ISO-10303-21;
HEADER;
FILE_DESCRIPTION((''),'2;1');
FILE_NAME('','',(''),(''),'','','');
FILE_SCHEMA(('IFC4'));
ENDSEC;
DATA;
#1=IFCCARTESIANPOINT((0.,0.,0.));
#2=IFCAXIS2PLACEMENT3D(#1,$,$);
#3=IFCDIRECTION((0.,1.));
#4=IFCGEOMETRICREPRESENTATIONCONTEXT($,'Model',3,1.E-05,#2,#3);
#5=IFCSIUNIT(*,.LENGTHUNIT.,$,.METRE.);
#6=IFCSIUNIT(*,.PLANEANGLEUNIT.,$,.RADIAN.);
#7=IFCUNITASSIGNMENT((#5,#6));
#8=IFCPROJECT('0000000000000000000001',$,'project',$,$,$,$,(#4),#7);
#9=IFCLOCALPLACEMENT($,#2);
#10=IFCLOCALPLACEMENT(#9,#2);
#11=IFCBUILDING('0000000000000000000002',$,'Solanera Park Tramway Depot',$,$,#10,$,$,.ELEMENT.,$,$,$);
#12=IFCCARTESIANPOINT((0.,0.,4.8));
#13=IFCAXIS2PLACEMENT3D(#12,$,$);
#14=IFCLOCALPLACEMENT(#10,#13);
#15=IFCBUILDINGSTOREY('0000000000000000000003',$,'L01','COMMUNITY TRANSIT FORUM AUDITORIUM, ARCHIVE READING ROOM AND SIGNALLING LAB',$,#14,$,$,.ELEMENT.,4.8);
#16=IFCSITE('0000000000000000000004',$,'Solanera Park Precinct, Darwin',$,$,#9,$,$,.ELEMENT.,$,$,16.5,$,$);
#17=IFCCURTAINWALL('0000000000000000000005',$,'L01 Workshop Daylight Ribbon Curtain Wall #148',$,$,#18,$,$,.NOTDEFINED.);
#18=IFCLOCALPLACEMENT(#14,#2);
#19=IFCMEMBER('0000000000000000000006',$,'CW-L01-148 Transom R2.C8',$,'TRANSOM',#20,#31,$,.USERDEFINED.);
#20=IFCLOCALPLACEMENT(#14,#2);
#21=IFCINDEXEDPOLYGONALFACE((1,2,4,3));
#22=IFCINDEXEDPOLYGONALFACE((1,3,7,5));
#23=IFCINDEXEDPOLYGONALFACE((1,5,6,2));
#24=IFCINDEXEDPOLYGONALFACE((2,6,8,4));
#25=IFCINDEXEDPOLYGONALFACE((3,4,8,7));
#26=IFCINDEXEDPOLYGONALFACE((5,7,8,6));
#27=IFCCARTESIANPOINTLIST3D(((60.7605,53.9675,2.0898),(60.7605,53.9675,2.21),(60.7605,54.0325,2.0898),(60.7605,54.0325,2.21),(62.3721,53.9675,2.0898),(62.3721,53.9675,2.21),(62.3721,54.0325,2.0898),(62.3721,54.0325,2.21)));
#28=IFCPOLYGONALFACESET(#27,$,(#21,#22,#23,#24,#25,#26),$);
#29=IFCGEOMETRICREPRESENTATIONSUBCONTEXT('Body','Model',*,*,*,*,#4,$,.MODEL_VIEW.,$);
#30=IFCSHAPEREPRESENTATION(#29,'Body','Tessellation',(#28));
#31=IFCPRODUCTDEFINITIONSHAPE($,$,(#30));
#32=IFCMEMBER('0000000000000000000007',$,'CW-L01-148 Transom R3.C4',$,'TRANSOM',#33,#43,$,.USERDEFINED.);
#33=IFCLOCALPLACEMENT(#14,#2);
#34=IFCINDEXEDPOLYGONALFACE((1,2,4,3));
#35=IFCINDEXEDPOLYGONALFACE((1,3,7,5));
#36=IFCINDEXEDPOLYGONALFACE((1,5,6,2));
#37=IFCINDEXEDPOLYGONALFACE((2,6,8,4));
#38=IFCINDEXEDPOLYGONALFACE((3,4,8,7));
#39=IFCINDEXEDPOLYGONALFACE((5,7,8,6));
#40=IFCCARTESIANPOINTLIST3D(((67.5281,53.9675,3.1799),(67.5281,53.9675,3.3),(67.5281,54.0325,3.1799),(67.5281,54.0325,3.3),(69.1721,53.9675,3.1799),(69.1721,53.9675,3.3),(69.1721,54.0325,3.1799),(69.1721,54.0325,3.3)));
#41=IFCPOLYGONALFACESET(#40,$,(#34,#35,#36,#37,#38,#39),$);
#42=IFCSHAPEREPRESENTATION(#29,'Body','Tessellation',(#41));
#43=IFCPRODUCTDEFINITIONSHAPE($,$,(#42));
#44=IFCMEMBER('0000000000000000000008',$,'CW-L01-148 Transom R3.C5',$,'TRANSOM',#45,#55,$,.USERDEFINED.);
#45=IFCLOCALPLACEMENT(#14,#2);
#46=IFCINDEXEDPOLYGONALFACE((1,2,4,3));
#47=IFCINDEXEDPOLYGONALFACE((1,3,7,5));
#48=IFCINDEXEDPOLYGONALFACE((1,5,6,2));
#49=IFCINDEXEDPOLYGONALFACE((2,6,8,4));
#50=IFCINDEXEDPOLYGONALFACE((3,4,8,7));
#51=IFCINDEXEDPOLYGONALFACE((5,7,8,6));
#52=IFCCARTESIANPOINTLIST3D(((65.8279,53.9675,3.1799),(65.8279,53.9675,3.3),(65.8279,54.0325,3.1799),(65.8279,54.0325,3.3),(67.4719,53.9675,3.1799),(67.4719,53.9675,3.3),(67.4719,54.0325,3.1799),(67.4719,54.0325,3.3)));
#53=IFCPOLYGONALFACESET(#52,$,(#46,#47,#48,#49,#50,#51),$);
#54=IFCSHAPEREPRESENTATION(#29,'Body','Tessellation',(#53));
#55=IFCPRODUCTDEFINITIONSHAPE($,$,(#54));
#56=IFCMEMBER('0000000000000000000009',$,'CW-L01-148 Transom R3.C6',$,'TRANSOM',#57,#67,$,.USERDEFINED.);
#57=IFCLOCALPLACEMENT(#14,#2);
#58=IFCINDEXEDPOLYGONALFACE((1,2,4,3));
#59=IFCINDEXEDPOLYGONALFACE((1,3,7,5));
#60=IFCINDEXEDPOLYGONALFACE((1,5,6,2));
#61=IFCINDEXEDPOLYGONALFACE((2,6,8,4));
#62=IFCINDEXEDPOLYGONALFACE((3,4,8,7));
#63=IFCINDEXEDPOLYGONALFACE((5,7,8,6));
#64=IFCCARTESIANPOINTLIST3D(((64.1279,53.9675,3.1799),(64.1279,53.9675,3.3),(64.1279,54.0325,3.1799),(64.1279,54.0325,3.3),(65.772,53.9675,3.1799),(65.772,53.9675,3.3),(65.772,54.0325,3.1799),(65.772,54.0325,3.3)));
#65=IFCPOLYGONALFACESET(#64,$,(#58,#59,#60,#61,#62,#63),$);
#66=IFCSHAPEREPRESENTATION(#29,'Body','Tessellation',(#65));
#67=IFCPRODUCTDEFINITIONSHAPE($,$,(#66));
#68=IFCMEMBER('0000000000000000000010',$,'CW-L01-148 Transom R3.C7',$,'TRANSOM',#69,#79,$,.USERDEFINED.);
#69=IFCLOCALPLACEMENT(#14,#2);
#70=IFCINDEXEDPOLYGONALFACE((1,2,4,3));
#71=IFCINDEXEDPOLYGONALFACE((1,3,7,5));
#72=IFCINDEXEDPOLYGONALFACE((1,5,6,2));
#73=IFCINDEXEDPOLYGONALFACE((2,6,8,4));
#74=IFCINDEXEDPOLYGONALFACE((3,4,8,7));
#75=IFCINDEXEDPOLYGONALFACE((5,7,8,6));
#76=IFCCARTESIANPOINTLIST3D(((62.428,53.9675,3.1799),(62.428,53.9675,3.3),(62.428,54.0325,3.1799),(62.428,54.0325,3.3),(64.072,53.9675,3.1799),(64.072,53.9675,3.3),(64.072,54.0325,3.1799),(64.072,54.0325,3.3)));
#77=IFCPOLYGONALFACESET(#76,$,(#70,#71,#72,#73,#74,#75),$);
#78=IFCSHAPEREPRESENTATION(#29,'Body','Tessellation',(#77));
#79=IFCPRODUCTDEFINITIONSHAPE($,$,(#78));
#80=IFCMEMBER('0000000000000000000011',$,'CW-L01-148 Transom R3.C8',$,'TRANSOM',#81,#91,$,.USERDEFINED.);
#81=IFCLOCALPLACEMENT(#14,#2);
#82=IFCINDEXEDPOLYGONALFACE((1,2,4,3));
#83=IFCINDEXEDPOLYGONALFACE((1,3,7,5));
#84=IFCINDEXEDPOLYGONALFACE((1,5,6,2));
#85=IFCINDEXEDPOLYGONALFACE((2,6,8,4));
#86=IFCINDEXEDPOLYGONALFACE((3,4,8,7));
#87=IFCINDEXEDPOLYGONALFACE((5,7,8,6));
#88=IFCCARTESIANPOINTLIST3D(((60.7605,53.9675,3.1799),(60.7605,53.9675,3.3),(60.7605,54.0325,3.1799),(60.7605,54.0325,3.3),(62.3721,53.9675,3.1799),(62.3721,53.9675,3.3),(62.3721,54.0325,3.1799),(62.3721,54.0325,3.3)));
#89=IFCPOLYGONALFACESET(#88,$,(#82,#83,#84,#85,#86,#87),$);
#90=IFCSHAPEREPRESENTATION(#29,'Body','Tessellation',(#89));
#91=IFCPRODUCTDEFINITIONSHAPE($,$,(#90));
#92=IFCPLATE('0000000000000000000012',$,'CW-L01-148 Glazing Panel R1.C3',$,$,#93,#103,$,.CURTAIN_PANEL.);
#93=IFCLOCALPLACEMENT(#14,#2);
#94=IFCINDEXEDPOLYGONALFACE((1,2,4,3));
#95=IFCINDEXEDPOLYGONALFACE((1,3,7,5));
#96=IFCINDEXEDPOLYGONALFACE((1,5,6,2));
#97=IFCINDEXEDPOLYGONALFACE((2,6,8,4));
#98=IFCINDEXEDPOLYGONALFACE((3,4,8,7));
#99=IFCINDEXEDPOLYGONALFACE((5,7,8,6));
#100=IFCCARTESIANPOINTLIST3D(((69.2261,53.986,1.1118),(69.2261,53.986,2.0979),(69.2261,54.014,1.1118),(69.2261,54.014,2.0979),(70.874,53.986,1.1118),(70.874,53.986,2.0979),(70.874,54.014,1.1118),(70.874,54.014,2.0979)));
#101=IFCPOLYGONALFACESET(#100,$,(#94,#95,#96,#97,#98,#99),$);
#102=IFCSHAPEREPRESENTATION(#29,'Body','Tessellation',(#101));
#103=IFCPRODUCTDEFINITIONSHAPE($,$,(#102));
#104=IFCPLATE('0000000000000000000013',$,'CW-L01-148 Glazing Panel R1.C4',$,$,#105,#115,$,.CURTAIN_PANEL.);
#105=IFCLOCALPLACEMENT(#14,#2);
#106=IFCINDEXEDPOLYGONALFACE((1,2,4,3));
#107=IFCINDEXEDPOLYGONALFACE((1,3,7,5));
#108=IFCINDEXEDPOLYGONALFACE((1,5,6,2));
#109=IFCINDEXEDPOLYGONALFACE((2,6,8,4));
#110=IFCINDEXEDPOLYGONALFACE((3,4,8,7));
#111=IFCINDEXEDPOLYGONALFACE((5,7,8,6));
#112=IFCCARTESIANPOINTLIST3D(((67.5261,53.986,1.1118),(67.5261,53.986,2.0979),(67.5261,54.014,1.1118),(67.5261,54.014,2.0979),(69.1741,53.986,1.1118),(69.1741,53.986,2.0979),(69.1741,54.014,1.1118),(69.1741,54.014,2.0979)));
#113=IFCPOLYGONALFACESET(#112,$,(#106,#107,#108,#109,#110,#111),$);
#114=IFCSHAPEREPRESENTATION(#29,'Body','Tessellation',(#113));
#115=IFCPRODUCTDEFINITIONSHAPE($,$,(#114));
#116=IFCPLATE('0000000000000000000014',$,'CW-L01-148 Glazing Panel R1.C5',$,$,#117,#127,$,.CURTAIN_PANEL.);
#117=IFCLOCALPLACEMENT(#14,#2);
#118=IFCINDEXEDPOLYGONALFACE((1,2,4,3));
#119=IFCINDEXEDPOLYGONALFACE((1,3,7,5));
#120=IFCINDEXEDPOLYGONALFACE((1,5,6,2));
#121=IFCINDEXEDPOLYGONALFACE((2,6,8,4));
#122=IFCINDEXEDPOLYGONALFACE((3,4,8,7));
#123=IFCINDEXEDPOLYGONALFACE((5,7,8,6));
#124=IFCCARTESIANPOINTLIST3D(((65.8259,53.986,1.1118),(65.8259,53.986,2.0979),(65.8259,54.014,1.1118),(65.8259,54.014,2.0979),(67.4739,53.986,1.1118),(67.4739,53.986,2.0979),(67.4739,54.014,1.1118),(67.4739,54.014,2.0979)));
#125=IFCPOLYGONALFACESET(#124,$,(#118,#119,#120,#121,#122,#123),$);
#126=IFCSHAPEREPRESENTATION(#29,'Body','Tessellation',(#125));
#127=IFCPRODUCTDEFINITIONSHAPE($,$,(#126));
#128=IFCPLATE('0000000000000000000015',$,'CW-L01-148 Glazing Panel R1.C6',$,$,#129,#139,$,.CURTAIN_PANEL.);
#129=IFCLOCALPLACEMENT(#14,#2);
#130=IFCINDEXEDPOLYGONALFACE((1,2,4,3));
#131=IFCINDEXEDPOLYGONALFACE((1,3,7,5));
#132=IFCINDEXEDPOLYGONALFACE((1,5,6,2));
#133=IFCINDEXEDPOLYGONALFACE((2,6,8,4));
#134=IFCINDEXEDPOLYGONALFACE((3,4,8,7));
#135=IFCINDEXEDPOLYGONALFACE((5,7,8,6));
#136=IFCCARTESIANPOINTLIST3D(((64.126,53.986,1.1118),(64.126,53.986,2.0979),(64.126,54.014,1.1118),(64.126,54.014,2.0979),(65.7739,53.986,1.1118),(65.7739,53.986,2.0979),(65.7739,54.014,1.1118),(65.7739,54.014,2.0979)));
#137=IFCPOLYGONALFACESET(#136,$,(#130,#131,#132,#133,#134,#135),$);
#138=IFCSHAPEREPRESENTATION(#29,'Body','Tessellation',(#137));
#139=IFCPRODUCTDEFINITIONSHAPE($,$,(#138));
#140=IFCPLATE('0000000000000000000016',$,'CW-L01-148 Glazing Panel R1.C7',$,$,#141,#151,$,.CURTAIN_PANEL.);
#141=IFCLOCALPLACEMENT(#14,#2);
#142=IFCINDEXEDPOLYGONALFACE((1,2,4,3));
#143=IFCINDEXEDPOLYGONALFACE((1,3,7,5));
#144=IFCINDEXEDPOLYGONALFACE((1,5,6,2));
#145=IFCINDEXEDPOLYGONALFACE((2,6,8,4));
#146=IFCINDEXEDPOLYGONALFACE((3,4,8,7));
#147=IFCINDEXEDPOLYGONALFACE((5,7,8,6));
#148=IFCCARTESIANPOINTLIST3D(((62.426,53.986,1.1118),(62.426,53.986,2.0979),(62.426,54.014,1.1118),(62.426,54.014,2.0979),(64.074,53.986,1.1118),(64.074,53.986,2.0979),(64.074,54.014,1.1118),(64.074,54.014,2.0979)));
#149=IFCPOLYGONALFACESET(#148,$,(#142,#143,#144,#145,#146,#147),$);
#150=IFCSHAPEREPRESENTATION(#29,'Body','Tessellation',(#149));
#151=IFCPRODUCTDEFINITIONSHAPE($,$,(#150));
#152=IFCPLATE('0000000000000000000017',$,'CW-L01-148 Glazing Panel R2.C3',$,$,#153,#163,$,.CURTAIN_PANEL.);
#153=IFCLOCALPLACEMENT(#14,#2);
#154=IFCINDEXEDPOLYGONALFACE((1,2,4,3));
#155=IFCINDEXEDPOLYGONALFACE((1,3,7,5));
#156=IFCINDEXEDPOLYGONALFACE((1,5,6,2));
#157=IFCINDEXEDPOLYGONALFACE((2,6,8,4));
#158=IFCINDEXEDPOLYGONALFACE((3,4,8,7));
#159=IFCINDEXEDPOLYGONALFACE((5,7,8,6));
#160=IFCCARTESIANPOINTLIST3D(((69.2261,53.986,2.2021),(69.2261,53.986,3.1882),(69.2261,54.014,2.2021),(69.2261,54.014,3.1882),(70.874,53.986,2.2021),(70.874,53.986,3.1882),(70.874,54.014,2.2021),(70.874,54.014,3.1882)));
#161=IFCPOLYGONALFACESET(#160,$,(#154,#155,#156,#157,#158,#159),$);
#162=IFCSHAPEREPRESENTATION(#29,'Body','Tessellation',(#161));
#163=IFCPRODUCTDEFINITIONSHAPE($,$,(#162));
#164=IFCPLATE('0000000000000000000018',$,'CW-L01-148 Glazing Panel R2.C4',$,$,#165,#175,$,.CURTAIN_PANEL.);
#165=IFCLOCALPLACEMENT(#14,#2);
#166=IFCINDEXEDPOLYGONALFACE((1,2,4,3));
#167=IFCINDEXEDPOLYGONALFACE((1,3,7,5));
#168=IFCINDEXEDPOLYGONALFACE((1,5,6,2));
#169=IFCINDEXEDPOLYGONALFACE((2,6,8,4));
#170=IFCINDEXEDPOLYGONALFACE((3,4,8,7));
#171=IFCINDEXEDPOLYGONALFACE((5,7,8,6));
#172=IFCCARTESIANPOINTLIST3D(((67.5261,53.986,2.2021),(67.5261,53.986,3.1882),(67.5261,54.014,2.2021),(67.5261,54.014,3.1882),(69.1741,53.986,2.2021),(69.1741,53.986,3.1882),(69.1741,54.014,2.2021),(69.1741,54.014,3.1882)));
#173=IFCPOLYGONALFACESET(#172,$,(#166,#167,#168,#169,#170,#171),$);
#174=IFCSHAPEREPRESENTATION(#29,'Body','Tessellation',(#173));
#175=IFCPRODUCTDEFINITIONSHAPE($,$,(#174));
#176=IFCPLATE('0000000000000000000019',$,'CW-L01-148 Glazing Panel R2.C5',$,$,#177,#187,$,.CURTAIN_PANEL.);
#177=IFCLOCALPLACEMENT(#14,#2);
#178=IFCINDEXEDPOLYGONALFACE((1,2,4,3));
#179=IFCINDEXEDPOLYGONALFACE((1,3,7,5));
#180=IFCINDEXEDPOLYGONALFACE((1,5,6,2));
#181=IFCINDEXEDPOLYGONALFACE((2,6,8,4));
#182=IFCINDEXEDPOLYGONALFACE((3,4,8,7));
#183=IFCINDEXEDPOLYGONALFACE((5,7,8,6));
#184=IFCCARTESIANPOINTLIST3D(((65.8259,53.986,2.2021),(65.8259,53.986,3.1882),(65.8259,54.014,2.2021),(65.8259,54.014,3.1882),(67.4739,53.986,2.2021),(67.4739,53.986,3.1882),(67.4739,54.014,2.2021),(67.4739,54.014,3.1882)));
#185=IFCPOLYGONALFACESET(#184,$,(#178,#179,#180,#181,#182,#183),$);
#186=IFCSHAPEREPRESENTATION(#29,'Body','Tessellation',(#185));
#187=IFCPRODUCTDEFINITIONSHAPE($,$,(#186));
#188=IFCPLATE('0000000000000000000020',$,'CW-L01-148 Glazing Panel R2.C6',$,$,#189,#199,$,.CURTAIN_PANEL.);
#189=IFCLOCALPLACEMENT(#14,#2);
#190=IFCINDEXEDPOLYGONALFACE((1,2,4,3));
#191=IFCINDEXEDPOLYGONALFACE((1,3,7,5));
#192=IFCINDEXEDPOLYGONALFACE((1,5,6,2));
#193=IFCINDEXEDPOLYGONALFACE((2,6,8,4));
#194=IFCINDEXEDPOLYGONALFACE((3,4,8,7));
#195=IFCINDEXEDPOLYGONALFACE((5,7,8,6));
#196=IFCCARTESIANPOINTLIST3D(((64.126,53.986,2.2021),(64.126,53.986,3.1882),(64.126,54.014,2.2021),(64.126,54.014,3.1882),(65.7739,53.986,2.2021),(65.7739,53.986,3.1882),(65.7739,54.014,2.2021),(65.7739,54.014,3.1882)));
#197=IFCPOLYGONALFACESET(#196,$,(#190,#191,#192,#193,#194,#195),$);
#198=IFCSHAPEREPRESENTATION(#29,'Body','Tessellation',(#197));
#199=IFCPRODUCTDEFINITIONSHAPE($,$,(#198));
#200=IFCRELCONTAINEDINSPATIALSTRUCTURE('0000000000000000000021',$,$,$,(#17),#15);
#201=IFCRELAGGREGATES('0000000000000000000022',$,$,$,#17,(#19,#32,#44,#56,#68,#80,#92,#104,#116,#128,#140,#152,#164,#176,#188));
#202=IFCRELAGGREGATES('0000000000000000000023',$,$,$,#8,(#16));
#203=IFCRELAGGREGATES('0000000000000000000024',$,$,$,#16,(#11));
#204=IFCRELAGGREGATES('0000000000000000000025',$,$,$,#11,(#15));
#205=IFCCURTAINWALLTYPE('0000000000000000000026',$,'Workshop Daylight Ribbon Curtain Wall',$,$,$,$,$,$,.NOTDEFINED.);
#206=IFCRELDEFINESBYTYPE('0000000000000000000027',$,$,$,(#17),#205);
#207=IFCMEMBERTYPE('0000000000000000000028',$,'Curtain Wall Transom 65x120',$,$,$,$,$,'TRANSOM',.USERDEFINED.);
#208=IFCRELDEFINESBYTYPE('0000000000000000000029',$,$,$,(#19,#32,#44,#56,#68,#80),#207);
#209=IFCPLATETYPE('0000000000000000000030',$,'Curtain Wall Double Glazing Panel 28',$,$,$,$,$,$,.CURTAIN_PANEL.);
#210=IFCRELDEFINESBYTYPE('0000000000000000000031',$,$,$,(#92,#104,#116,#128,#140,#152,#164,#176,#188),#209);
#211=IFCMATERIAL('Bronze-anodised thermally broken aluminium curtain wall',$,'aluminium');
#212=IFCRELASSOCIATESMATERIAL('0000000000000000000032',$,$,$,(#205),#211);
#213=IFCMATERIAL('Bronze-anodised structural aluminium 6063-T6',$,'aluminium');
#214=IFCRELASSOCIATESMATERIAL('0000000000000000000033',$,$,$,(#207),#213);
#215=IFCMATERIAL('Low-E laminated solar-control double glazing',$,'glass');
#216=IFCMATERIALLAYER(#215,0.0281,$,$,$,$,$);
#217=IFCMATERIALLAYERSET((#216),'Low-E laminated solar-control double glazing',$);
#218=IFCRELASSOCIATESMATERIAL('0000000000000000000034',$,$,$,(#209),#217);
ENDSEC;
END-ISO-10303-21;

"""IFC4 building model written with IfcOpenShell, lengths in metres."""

from ifc_helpers import new_model, si_unit, direction, frame, origin, origin_2d, place, context, subcontext, project, spatial, rectangle, extrude, material, layer, layer_set, material_profile, profile_set, type_object, element, aggregate, save


model = new_model("IFC4")

# Units and contexts
model_context = context("Model", 3, precision=1e-05, world=origin(), true_north=direction((0.0, 1.0)))
body_context = subcontext(model_context, "Body", "Model", "MODEL_VIEW")
ifc_project = project(units=[si_unit("LENGTHUNIT", "METRE"), si_unit("PLANEANGLEUNIT", "RADIAN")], contexts=[model_context])

# Site, building, storey
site_placement = place(None, origin())
site = spatial("IfcSite", under=ifc_project, at=site_placement, Name="Solanera Park Precinct, Darwin", CompositionType="ELEMENT", RefElevation=16.5)
building_placement = place(site_placement, origin())
building = spatial("IfcBuilding", under=site, at=building_placement, Name="Solanera Park Tramway Depot", CompositionType="ELEMENT")
storey_placement = place(building_placement, frame((0.0, 0.0, 4.8)))
storey = spatial("IfcBuildingStorey", under=building, at=storey_placement, Name="L01", Description="COMMUNITY TRANSIT FORUM AUDITORIUM, ARCHIVE READING ROOM AND SIGNALLING LAB", CompositionType="ELEMENT", Elevation=4.8)

# Curtain wall, members, plates
ifc_material_1 = material(Name="Bronze-anodised thermally broken aluminium curtain wall", Category="aluminium")
curtain_wall_type = type_object("IfcCurtainWallType", Name="Workshop Daylight Ribbon Curtain Wall", PredefinedType="NOTDEFINED", material=ifc_material_1)
curtain_wall_placement = place(storey_placement, origin())
curtain_wall = element("IfcCurtainWall", 1, at=curtain_wall_placement, inside=storey, type_object=curtain_wall_type, Name="L01 Workshop Daylight Ribbon Curtain Wall #148", PredefinedType="NOTDEFINED")
ifc_material_2 = material(Name="Bronze-anodised structural aluminium 6063-T6", Category="aluminium")
ifc_material_profile_1 = material_profile(ifc_material_2, rectangle(XDim=0.0649, YDim=0.1201, at=origin_2d()), Name="Curtain Wall Transom 65x120")
ifc_profile_set_1 = profile_set([ifc_material_profile_1], Name="Bronze-anodised structural aluminium 6063-T6")
member_type_1 = type_object("IfcMemberType", Name="Curtain Wall Transom 65x120", ElementType="TRANSOM", PredefinedType="USERDEFINED", material=ifc_profile_set_1)
member_1_placement = place(storey_placement, frame((62.3721, 54.0, 2.1499), z_axis=(-1.0, 0.0, 0.0), x_axis=(0.0, -1.0, 0.0)))
member_1 = element("IfcMember", 2, at=member_1_placement, type_object=member_type_1, Name="CW-L01-148 Transom R2.C8", ObjectType="TRANSOM", PredefinedType="USERDEFINED", context=body_context, shape_type="SweptSolid", body=[
    extrude(rectangle(XDim=0.0649, YDim=0.1201, at=origin_2d()), origin(), (0.0, 0.0, 1.0), 1.6116),
])
member_2_placement = place(storey_placement, frame((69.1721, 54.0, 3.24), z_axis=(-1.0, 0.0, 0.0), x_axis=(0.0, -1.0, 0.0)))
member_2 = element("IfcMember", 3, at=member_2_placement, type_object=member_type_1, Name="CW-L01-148 Transom R3.C4", ObjectType="TRANSOM", PredefinedType="USERDEFINED", context=body_context, shape_type="SweptSolid", body=[
    extrude(rectangle(XDim=0.0649, YDim=0.1201, at=origin_2d()), origin(), (0.0, 0.0, 1.0), 1.644),
])
member_3_placement = place(storey_placement, frame((67.4719, 54.0, 3.24), z_axis=(-1.0, 0.0, 0.0), x_axis=(0.0, -1.0, 0.0)))
member_3 = element("IfcMember", 4, at=member_3_placement, type_object=member_type_1, Name="CW-L01-148 Transom R3.C5", ObjectType="TRANSOM", PredefinedType="USERDEFINED", context=body_context, shape_type="SweptSolid", body=[
    extrude(rectangle(XDim=0.0649, YDim=0.1201, at=origin_2d()), origin(), (0.0, 0.0, 1.0), 1.644),
])
member_4_placement = place(storey_placement, frame((65.772, 54.0, 3.24), z_axis=(-1.0, 0.0, 0.0), x_axis=(0.0, -1.0, 0.0)))
member_4 = element("IfcMember", 5, at=member_4_placement, type_object=member_type_1, Name="CW-L01-148 Transom R3.C6", ObjectType="TRANSOM", PredefinedType="USERDEFINED", context=body_context, shape_type="SweptSolid", body=[
    extrude(rectangle(XDim=0.0649, YDim=0.1201, at=origin_2d()), origin(), (0.0, 0.0, 1.0), 1.644),
])
member_5_placement = place(storey_placement, frame((64.072, 54.0, 3.24), z_axis=(-1.0, 0.0, 0.0), x_axis=(0.0, -1.0, 0.0)))
member_5 = element("IfcMember", 6, at=member_5_placement, type_object=member_type_1, Name="CW-L01-148 Transom R3.C7", ObjectType="TRANSOM", PredefinedType="USERDEFINED", context=body_context, shape_type="SweptSolid", body=[
    extrude(rectangle(XDim=0.0649, YDim=0.1201, at=origin_2d()), origin(), (0.0, 0.0, 1.0), 1.644),
])
member_6_placement = place(storey_placement, frame((62.3721, 54.0, 3.24), z_axis=(-1.0, 0.0, 0.0), x_axis=(0.0, -1.0, 0.0)))
member_6 = element("IfcMember", 7, at=member_6_placement, type_object=member_type_1, Name="CW-L01-148 Transom R3.C8", ObjectType="TRANSOM", PredefinedType="USERDEFINED", context=body_context, shape_type="SweptSolid", body=[
    extrude(rectangle(XDim=0.0649, YDim=0.1201, at=origin_2d()), origin(), (0.0, 0.0, 1.0), 1.6116),
])
ifc_material_3 = material(Name="Low-E laminated solar-control double glazing", Category="glass")
ifc_layer = layer(ifc_material_3, 0.0281)
ifc_layer_set = layer_set([ifc_layer], Name="Low-E laminated solar-control double glazing")
plate_type = type_object("IfcPlateType", Name="Curtain Wall Double Glazing Panel 28", PredefinedType="CURTAIN_PANEL", material=ifc_layer_set)
plate_1_placement = place(storey_placement, frame((70.05, 54.0, 1.1118), z_axis=(0.0, 0.0, 1.0), x_axis=(-1.0, 0.0, 0.0)))
plate_1 = element("IfcPlate", 8, at=plate_1_placement, type_object=plate_type, Name="CW-L01-148 Glazing Panel R1.C3", PredefinedType="CURTAIN_PANEL", context=body_context, shape_type="SweptSolid", body=[
    extrude(rectangle(XDim=1.6479, YDim=0.0281, at=origin_2d()), origin(), (0.0, 0.0, 1.0), 0.9861),
])
plate_2_placement = place(storey_placement, frame((68.3501, 54.0, 1.1118), z_axis=(0.0, 0.0, 1.0), x_axis=(-1.0, 0.0, 0.0)))
plate_2 = element("IfcPlate", 9, at=plate_2_placement, type_object=plate_type, Name="CW-L01-148 Glazing Panel R1.C4", PredefinedType="CURTAIN_PANEL", context=body_context, shape_type="SweptSolid", body=[
    extrude(rectangle(XDim=1.6479, YDim=0.0281, at=origin_2d()), origin(), (0.0, 0.0, 1.0), 0.9861),
])
plate_3_placement = place(storey_placement, frame((66.6499, 54.0, 1.1118), z_axis=(0.0, 0.0, 1.0), x_axis=(-1.0, 0.0, 0.0)))
plate_3 = element("IfcPlate", 10, at=plate_3_placement, type_object=plate_type, Name="CW-L01-148 Glazing Panel R1.C5", PredefinedType="CURTAIN_PANEL", context=body_context, shape_type="SweptSolid", body=[
    extrude(rectangle(XDim=1.6479, YDim=0.0281, at=origin_2d()), origin(), (0.0, 0.0, 1.0), 0.9861),
])
plate_4_placement = place(storey_placement, frame((64.95, 54.0, 1.1118), z_axis=(0.0, 0.0, 1.0), x_axis=(-1.0, 0.0, 0.0)))
plate_4 = element("IfcPlate", 11, at=plate_4_placement, type_object=plate_type, Name="CW-L01-148 Glazing Panel R1.C6", PredefinedType="CURTAIN_PANEL", context=body_context, shape_type="SweptSolid", body=[
    extrude(rectangle(XDim=1.6479, YDim=0.0281, at=origin_2d()), origin(), (0.0, 0.0, 1.0), 0.9861),
])
plate_5_placement = place(storey_placement, frame((63.25, 54.0, 1.1118), z_axis=(0.0, 0.0, 1.0), x_axis=(-1.0, 0.0, 0.0)))
plate_5 = element("IfcPlate", 12, at=plate_5_placement, type_object=plate_type, Name="CW-L01-148 Glazing Panel R1.C7", PredefinedType="CURTAIN_PANEL", context=body_context, shape_type="SweptSolid", body=[
    extrude(rectangle(XDim=1.6479, YDim=0.0281, at=origin_2d()), origin(), (0.0, 0.0, 1.0), 0.9861),
])
plate_6_placement = place(storey_placement, frame((70.05, 54.0, 2.2021), z_axis=(0.0, 0.0, 1.0), x_axis=(-1.0, 0.0, 0.0)))
plate_6 = element("IfcPlate", 13, at=plate_6_placement, type_object=plate_type, Name="CW-L01-148 Glazing Panel R2.C3", PredefinedType="CURTAIN_PANEL", context=body_context, shape_type="SweptSolid", body=[
    extrude(rectangle(XDim=1.6479, YDim=0.0281, at=origin_2d()), origin(), (0.0, 0.0, 1.0), 0.9861),
])
plate_7_placement = place(storey_placement, frame((68.3501, 54.0, 2.2021), z_axis=(0.0, 0.0, 1.0), x_axis=(-1.0, 0.0, 0.0)))
plate_7 = element("IfcPlate", 14, at=plate_7_placement, type_object=plate_type, Name="CW-L01-148 Glazing Panel R2.C4", PredefinedType="CURTAIN_PANEL", context=body_context, shape_type="SweptSolid", body=[
    extrude(rectangle(XDim=1.6479, YDim=0.0281, at=origin_2d()), origin(), (0.0, 0.0, 1.0), 0.9861),
])
plate_8_placement = place(storey_placement, frame((66.6499, 54.0, 2.2021), z_axis=(0.0, 0.0, 1.0), x_axis=(-1.0, 0.0, 0.0)))
plate_8 = element("IfcPlate", 15, at=plate_8_placement, type_object=plate_type, Name="CW-L01-148 Glazing Panel R2.C5", PredefinedType="CURTAIN_PANEL", context=body_context, shape_type="SweptSolid", body=[
    extrude(rectangle(XDim=1.6479, YDim=0.0281, at=origin_2d()), origin(), (0.0, 0.0, 1.0), 0.9861),
])
plate_9_placement = place(storey_placement, frame((64.95, 54.0, 2.2021), z_axis=(0.0, 0.0, 1.0), x_axis=(-1.0, 0.0, 0.0)))
plate_9 = element("IfcPlate", 16, at=plate_9_placement, type_object=plate_type, Name="CW-L01-148 Glazing Panel R2.C6", PredefinedType="CURTAIN_PANEL", context=body_context, shape_type="SweptSolid", body=[
    extrude(rectangle(XDim=1.6479, YDim=0.0281, at=origin_2d()), origin(), (0.0, 0.0, 1.0), 0.9861),
])
aggregate(curtain_wall, [member_1, member_2, member_3, member_4, member_5, member_6, plate_1, plate_2, plate_3, plate_4, plate_5, plate_6, plate_7, plate_8, plate_9])

save(model, "model.ifc")
